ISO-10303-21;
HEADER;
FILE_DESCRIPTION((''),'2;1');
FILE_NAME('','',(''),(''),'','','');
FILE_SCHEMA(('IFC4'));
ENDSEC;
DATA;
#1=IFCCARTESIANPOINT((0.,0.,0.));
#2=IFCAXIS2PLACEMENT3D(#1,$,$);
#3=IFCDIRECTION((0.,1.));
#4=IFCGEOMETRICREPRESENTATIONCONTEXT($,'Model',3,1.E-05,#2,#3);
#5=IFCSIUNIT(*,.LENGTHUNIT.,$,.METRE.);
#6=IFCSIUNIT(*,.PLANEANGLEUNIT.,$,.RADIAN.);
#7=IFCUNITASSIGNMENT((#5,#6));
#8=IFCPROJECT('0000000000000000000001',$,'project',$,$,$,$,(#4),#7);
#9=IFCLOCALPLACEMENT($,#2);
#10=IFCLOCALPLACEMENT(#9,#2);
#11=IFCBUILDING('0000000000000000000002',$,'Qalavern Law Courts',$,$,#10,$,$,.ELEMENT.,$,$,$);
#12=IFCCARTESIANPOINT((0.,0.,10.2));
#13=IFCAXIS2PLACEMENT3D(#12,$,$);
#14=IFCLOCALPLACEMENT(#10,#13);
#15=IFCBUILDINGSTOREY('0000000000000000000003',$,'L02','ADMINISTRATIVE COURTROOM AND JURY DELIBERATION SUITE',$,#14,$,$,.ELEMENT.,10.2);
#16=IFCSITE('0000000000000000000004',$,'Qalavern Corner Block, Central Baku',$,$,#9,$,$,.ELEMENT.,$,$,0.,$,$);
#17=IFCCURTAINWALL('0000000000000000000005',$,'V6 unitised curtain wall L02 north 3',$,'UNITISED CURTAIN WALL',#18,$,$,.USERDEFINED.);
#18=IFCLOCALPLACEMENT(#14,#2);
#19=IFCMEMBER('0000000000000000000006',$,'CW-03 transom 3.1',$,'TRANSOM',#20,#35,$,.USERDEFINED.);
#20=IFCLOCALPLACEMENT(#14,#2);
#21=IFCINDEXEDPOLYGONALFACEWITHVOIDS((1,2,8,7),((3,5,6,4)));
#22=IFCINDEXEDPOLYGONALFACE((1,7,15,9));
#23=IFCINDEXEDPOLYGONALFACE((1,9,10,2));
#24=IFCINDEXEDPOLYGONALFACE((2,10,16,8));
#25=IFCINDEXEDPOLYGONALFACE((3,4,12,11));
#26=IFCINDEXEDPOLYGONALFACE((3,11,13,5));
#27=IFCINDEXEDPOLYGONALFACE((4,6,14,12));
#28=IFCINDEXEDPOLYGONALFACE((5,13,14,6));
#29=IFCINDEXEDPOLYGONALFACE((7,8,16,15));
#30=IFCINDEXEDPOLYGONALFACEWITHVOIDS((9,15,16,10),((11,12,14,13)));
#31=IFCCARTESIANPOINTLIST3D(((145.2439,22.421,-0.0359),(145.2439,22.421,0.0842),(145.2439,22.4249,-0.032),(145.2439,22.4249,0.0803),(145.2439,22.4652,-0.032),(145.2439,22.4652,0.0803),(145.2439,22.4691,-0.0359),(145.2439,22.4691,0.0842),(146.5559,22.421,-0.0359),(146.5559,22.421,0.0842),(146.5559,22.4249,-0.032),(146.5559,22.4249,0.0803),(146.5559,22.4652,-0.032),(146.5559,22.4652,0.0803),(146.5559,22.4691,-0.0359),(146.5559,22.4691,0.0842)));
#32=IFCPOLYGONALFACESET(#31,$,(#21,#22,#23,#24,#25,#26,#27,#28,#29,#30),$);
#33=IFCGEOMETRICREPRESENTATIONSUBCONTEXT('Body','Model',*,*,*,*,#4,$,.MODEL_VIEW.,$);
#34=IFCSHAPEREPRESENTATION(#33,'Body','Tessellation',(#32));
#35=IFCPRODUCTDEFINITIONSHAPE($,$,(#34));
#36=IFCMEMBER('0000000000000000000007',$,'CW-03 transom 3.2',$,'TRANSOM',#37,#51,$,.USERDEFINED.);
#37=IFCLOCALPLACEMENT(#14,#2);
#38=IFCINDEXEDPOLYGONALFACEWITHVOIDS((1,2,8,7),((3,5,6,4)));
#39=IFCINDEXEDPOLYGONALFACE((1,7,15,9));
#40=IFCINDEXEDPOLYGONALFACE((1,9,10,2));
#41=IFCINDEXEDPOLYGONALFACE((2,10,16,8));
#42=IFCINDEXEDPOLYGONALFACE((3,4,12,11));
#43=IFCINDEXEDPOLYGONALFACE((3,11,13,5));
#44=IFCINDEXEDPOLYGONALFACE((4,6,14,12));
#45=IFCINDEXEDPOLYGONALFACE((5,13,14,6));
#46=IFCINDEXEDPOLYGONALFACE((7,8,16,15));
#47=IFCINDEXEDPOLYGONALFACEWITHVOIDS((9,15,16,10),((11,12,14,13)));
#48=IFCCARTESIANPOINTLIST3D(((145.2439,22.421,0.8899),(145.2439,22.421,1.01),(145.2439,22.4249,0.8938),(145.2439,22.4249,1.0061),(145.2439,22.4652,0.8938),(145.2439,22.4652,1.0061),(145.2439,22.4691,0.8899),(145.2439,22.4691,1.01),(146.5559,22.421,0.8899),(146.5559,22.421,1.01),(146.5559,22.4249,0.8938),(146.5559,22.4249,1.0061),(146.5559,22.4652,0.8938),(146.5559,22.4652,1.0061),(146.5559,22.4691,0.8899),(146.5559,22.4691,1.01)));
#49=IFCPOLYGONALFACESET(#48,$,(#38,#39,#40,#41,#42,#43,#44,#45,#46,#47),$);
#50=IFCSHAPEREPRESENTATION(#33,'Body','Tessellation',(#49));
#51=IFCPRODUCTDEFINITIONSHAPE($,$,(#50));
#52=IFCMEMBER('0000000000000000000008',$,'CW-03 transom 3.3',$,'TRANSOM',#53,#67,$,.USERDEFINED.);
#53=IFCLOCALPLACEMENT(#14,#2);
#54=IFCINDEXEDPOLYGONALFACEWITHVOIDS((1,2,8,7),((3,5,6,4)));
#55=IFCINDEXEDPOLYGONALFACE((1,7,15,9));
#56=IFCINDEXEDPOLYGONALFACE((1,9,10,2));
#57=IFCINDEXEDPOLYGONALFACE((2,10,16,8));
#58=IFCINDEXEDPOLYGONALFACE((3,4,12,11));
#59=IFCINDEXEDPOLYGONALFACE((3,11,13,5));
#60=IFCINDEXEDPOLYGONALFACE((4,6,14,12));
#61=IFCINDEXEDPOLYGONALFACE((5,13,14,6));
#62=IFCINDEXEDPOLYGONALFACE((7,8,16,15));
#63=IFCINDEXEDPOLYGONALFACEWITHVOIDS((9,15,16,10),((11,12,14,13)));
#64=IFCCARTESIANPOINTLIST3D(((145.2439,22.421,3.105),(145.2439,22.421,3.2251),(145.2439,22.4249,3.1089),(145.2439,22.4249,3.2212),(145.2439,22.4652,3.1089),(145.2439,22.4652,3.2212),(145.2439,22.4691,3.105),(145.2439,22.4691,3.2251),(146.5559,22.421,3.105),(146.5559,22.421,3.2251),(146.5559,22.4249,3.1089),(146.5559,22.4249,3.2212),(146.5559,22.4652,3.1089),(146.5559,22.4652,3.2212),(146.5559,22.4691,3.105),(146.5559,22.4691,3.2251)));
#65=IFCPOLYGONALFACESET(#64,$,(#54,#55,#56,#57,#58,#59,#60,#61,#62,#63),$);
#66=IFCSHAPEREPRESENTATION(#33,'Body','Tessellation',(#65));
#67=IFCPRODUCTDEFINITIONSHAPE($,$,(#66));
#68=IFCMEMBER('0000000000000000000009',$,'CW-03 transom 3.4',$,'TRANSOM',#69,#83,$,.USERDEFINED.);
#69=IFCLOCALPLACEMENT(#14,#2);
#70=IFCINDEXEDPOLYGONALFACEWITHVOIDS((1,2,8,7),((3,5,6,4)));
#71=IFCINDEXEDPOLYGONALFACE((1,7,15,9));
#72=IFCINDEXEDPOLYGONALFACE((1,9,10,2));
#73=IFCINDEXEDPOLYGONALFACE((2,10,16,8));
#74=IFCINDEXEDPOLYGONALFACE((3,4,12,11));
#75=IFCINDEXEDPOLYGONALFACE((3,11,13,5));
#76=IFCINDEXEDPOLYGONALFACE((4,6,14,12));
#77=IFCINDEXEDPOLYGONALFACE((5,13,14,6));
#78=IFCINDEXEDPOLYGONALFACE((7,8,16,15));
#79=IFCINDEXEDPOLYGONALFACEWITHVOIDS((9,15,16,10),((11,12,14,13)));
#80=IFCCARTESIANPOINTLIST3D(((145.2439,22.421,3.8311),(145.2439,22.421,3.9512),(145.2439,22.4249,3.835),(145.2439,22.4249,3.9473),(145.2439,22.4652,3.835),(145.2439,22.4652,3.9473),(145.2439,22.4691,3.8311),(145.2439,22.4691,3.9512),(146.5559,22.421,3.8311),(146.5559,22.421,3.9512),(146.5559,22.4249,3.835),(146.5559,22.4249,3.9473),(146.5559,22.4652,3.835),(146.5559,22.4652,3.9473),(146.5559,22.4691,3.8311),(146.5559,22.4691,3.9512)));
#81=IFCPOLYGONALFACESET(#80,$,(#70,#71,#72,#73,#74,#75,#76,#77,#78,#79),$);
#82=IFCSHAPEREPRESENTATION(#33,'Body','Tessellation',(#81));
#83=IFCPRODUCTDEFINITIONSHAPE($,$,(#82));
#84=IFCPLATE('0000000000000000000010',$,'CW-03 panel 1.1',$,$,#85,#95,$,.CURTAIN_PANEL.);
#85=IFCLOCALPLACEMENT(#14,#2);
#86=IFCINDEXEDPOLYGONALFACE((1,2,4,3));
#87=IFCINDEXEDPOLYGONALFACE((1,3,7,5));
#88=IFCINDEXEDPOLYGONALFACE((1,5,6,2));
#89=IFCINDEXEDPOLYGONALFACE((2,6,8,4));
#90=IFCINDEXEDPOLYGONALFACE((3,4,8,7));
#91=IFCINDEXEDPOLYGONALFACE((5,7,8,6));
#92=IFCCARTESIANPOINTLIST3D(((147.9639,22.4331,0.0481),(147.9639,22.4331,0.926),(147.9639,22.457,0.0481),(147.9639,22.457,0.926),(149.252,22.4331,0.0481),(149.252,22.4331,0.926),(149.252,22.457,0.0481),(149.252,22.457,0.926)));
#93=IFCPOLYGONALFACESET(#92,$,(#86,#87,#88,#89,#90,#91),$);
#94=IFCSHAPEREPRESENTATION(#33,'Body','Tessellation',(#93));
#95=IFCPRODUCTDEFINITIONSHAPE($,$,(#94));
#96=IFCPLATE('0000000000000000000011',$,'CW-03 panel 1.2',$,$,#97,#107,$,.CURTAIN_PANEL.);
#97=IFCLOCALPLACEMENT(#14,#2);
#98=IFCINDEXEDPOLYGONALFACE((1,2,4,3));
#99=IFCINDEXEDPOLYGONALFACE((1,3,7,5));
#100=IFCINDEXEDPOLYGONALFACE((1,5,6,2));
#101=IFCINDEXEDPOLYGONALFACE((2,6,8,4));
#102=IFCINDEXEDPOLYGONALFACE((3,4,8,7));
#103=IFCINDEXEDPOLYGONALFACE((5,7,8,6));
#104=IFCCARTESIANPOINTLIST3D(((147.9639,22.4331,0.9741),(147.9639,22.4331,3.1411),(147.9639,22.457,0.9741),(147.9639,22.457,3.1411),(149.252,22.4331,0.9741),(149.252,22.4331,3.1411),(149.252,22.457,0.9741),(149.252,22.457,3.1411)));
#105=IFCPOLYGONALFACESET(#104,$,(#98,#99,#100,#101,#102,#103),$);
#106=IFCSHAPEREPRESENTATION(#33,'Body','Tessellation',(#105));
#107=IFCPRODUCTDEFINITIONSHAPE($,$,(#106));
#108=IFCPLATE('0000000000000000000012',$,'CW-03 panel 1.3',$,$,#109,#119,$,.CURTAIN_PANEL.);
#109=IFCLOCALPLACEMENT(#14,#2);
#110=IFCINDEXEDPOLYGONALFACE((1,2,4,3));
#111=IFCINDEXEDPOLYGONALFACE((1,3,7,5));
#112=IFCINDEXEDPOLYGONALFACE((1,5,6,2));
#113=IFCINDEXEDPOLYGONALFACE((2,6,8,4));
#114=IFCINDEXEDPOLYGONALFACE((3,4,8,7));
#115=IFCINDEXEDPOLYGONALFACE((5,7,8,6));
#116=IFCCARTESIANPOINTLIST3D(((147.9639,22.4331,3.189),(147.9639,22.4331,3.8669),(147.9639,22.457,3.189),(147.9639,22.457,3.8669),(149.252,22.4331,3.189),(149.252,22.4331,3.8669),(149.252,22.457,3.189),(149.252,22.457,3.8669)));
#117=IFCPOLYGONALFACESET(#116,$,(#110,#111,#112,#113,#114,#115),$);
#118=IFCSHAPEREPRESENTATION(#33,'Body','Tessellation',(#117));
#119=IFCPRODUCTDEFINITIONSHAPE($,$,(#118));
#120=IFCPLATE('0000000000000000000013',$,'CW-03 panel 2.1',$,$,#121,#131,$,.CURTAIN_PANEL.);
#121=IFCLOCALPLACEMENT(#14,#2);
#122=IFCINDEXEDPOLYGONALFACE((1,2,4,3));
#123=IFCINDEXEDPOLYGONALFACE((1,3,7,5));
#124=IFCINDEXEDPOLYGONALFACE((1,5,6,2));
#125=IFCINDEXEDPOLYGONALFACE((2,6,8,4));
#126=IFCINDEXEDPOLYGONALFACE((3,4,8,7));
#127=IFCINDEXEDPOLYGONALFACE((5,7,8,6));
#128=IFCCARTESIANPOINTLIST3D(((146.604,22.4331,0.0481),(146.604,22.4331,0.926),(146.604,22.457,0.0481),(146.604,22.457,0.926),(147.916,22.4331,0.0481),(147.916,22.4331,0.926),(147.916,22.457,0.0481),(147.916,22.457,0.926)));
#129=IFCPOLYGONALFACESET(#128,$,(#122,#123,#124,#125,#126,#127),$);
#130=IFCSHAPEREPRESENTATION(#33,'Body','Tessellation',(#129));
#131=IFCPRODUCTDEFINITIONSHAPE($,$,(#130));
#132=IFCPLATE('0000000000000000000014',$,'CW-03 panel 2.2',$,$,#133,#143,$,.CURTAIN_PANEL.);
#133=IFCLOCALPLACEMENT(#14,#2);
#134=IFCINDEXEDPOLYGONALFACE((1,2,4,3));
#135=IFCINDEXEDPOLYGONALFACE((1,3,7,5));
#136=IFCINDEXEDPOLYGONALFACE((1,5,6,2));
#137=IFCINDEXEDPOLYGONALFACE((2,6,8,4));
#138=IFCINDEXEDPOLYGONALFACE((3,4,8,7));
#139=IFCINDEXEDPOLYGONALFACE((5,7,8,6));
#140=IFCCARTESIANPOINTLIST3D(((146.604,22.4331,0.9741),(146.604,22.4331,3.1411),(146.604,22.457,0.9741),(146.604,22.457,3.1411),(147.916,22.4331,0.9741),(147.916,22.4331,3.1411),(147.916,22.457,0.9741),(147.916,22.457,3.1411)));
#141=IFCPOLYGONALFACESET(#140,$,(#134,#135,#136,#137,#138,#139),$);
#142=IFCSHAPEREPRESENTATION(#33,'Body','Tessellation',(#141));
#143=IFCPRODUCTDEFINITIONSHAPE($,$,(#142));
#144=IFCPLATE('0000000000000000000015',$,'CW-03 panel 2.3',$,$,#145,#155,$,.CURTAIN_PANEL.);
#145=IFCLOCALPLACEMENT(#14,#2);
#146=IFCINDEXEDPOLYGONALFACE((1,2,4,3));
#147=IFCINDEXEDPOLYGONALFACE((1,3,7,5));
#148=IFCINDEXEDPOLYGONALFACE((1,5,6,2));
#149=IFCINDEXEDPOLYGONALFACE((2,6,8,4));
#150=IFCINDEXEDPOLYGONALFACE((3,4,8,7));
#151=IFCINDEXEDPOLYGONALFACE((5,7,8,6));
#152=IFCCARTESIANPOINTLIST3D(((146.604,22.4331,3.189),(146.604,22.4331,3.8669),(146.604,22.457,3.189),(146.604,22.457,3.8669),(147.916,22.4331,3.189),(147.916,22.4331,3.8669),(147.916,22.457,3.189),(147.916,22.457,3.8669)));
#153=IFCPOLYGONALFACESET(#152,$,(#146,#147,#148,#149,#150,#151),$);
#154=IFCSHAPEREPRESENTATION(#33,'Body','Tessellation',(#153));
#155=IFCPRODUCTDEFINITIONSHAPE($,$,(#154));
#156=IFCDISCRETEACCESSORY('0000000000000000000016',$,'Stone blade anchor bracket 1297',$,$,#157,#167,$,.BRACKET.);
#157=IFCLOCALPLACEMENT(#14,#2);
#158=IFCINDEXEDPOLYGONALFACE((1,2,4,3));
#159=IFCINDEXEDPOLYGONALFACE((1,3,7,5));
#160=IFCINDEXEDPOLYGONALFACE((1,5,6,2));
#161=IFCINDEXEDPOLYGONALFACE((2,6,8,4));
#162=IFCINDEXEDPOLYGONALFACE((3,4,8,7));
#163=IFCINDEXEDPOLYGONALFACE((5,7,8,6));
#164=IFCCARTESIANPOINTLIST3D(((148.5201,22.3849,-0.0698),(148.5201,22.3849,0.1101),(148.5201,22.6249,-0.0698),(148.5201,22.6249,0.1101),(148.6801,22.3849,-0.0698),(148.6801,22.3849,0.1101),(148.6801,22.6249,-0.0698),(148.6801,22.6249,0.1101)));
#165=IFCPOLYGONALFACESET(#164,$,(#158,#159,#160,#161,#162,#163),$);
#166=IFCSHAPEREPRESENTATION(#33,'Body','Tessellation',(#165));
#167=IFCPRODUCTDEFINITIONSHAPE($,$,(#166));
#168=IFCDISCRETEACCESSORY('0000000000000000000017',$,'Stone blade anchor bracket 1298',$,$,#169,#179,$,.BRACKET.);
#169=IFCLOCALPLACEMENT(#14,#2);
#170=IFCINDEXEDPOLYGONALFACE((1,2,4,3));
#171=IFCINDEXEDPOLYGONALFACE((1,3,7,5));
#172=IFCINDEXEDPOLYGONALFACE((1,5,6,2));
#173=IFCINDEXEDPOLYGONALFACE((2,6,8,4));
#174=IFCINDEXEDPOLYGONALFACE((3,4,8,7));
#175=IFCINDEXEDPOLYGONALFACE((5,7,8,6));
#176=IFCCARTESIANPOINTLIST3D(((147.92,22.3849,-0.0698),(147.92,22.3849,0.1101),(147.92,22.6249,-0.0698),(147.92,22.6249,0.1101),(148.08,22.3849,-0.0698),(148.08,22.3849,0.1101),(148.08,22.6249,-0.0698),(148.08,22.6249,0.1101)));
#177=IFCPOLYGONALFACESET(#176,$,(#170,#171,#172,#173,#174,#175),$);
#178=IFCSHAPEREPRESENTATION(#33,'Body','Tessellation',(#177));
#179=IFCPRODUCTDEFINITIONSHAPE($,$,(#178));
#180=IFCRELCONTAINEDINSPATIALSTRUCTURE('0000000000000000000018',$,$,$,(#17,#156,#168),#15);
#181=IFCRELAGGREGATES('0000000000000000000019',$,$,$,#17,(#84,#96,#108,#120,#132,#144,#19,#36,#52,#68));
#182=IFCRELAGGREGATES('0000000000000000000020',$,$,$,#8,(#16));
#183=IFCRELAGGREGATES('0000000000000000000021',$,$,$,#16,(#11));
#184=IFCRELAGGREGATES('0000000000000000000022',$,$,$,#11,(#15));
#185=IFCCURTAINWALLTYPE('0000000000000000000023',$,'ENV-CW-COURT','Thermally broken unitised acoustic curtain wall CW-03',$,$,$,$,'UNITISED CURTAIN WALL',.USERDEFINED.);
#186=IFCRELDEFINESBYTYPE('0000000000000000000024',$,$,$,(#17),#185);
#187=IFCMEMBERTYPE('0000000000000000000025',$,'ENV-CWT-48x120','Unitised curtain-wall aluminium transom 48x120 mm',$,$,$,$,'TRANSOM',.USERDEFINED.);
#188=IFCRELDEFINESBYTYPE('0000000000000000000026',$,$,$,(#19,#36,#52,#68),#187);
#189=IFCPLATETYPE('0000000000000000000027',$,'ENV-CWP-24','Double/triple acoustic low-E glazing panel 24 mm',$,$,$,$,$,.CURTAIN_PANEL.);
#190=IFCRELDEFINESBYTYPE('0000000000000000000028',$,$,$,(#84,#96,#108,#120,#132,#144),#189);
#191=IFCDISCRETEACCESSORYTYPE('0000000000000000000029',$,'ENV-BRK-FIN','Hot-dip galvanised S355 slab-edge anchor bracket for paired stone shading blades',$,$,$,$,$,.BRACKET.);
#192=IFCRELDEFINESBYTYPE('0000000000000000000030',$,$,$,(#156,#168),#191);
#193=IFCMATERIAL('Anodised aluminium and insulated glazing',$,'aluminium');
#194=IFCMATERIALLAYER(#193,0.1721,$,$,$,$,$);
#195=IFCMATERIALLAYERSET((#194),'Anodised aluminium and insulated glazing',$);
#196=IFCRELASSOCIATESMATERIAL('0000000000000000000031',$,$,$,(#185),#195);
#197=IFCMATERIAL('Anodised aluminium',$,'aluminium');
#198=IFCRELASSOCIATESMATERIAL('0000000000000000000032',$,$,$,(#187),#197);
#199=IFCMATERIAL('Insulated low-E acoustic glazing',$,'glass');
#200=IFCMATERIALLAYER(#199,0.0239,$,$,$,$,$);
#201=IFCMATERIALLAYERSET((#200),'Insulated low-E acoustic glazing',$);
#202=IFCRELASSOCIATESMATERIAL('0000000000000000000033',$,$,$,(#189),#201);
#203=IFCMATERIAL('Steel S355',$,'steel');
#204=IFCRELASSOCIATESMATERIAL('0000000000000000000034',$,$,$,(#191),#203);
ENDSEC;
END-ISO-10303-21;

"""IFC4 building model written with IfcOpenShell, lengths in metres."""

from ifc_helpers import new_model, si_unit, direction, frame, origin, origin_2d, place, context, subcontext, project, spatial, rectangle, hollow_rectangle, extrude, material, layer, layer_set, material_profile, profile_set, type_object, element, aggregate, save


model = new_model("IFC4")

# Units and contexts
model_context = context("Model", 3, precision=1e-05, world=origin(), true_north=direction((0.0, 1.0)))
body_context = subcontext(model_context, "Body", "Model", "MODEL_VIEW")
ifc_project = project(units=[si_unit("LENGTHUNIT", "METRE"), si_unit("PLANEANGLEUNIT", "RADIAN")], contexts=[model_context])

# Site, building, storey
site_placement = place(None, origin())
site = spatial("IfcSite", under=ifc_project, at=site_placement, Name="Qalavern Corner Block, Central Baku", CompositionType="ELEMENT", RefElevation=0.0)
building_placement = place(site_placement, origin())
building = spatial("IfcBuilding", under=site, at=building_placement, Name="Qalavern Law Courts", CompositionType="ELEMENT")
storey_placement = place(building_placement, frame((0.0, 0.0, 10.2)))
storey = spatial("IfcBuildingStorey", under=building, at=storey_placement, Name="L02", Description="ADMINISTRATIVE COURTROOM AND JURY DELIBERATION SUITE", CompositionType="ELEMENT", Elevation=10.2)

# Curtain wall, members, plates
ifc_material_1 = material(Name="Anodised aluminium and insulated glazing", Category="aluminium")
ifc_layer_1 = layer(ifc_material_1, 0.1721)
ifc_layer_set_1 = layer_set([ifc_layer_1], Name="Anodised aluminium and insulated glazing")
curtain_wall_type = type_object("IfcCurtainWallType", Name="ENV-CW-COURT", Description="Thermally broken unitised acoustic curtain wall CW-03", ElementType="UNITISED CURTAIN WALL", PredefinedType="USERDEFINED", material=ifc_layer_set_1)
curtain_wall_placement = place(storey_placement, origin())
curtain_wall = element("IfcCurtainWall", 1, at=curtain_wall_placement, inside=storey, type_object=curtain_wall_type, Name="V6 unitised curtain wall L02 north 3", ObjectType="UNITISED CURTAIN WALL", PredefinedType="USERDEFINED")
ifc_material_2 = material(Name="Anodised aluminium", Category="aluminium")
ifc_material_profile_1 = material_profile(ifc_material_2, hollow_rectangle(XDim=0.0481, YDim=0.1201, WallThickness=0.0039, at=origin_2d()), Name="ALU TRANSOM 48x120")
ifc_profile_set_1 = profile_set([ifc_material_profile_1], Name="Anodised aluminium")
member_type_1 = type_object("IfcMemberType", Name="ENV-CWT-48x120", Description="Unitised curtain-wall aluminium transom 48x120 mm", ElementType="TRANSOM", PredefinedType="USERDEFINED", material=ifc_profile_set_1)
member_1_placement = place(storey_placement, frame((146.5559, 22.4451, 0.0242), z_axis=(-1.0, 0.0, 0.0), x_axis=(0.0, -1.0, 0.0)))
member_1 = element("IfcMember", 2, at=member_1_placement, type_object=member_type_1, Name="CW-03 transom 3.1", ObjectType="TRANSOM", PredefinedType="USERDEFINED", context=body_context, shape_type="SweptSolid", body=[
    extrude(hollow_rectangle(XDim=0.0481, YDim=0.1201, WallThickness=0.0039, at=origin_2d()), origin(), (0.0, 0.0, 1.0), 1.312),
])
member_2_placement = place(storey_placement, frame((146.5559, 22.4451, 0.95), z_axis=(-1.0, 0.0, 0.0), x_axis=(0.0, -1.0, 0.0)))
member_2 = element("IfcMember", 3, at=member_2_placement, type_object=member_type_1, Name="CW-03 transom 3.2", ObjectType="TRANSOM", PredefinedType="USERDEFINED", context=body_context, shape_type="SweptSolid", body=[
    extrude(hollow_rectangle(XDim=0.0481, YDim=0.1201, WallThickness=0.0039, at=origin_2d()), origin(), (0.0, 0.0, 1.0), 1.312),
])
member_3_placement = place(storey_placement, frame((146.5559, 22.4451, 3.165), z_axis=(-1.0, 0.0, 0.0), x_axis=(0.0, -1.0, 0.0)))
member_3 = element("IfcMember", 4, at=member_3_placement, type_object=member_type_1, Name="CW-03 transom 3.3", ObjectType="TRANSOM", PredefinedType="USERDEFINED", context=body_context, shape_type="SweptSolid", body=[
    extrude(hollow_rectangle(XDim=0.0481, YDim=0.1201, WallThickness=0.0039, at=origin_2d()), origin(), (0.0, 0.0, 1.0), 1.312),
])
member_4_placement = place(storey_placement, frame((146.5559, 22.4451, 3.8911), z_axis=(-1.0, 0.0, 0.0), x_axis=(0.0, -1.0, 0.0)))
member_4 = element("IfcMember", 5, at=member_4_placement, type_object=member_type_1, Name="CW-03 transom 3.4", ObjectType="TRANSOM", PredefinedType="USERDEFINED", context=body_context, shape_type="SweptSolid", body=[
    extrude(hollow_rectangle(XDim=0.0481, YDim=0.1201, WallThickness=0.0039, at=origin_2d()), origin(), (0.0, 0.0, 1.0), 1.312),
])
ifc_material_3 = material(Name="Insulated low-E acoustic glazing", Category="glass")
ifc_layer_2 = layer(ifc_material_3, 0.0239)
ifc_layer_set_2 = layer_set([ifc_layer_2], Name="Insulated low-E acoustic glazing")
plate_type = type_object("IfcPlateType", Name="ENV-CWP-24", Description="Double/triple acoustic low-E glazing panel 24 mm", PredefinedType="CURTAIN_PANEL", material=ifc_layer_set_2)
plate_1_placement = place(storey_placement, frame((148.6079, 22.4451, 0.0481), z_axis=(0.0, 0.0, 1.0), x_axis=(-1.0, 0.0, 0.0)))
plate_1 = element("IfcPlate", 6, at=plate_1_placement, type_object=plate_type, Name="CW-03 panel 1.1", PredefinedType="CURTAIN_PANEL", context=body_context, shape_type="SweptSolid", body=[
    extrude(rectangle(XDim=1.2881, YDim=0.0239, at=origin_2d()), origin(), (0.0, 0.0, 1.0), 0.8779),
])
plate_2_placement = place(storey_placement, frame((148.6079, 22.4451, 0.9741), z_axis=(0.0, 0.0, 1.0), x_axis=(-1.0, 0.0, 0.0)))
plate_2 = element("IfcPlate", 7, at=plate_2_placement, type_object=plate_type, Name="CW-03 panel 1.2", PredefinedType="CURTAIN_PANEL", context=body_context, shape_type="SweptSolid", body=[
    extrude(rectangle(XDim=1.2881, YDim=0.0239, at=origin_2d()), origin(), (0.0, 0.0, 1.0), 2.167),
])
plate_3_placement = place(storey_placement, frame((148.6079, 22.4451, 3.189), z_axis=(0.0, 0.0, 1.0), x_axis=(-1.0, 0.0, 0.0)))
plate_3 = element("IfcPlate", 8, at=plate_3_placement, type_object=plate_type, Name="CW-03 panel 1.3", PredefinedType="CURTAIN_PANEL", context=body_context, shape_type="SweptSolid", body=[
    extrude(rectangle(XDim=1.2881, YDim=0.0239, at=origin_2d()), origin(), (0.0, 0.0, 1.0), 0.678),
])
plate_4_placement = place(storey_placement, frame((147.26, 22.4451, 0.0481), z_axis=(0.0, 0.0, 1.0), x_axis=(-1.0, 0.0, 0.0)))
plate_4 = element("IfcPlate", 9, at=plate_4_placement, type_object=plate_type, Name="CW-03 panel 2.1", PredefinedType="CURTAIN_PANEL", context=body_context, shape_type="SweptSolid", body=[
    extrude(rectangle(XDim=1.312, YDim=0.0239, at=origin_2d()), origin(), (0.0, 0.0, 1.0), 0.8779),
])
plate_5_placement = place(storey_placement, frame((147.26, 22.4451, 0.9741), z_axis=(0.0, 0.0, 1.0), x_axis=(-1.0, 0.0, 0.0)))
plate_5 = element("IfcPlate", 10, at=plate_5_placement, type_object=plate_type, Name="CW-03 panel 2.2", PredefinedType="CURTAIN_PANEL", context=body_context, shape_type="SweptSolid", body=[
    extrude(rectangle(XDim=1.312, YDim=0.0239, at=origin_2d()), origin(), (0.0, 0.0, 1.0), 2.167),
])
plate_6_placement = place(storey_placement, frame((147.26, 22.4451, 3.189), z_axis=(0.0, 0.0, 1.0), x_axis=(-1.0, 0.0, 0.0)))
plate_6 = element("IfcPlate", 11, at=plate_6_placement, type_object=plate_type, Name="CW-03 panel 2.3", PredefinedType="CURTAIN_PANEL", context=body_context, shape_type="SweptSolid", body=[
    extrude(rectangle(XDim=1.312, YDim=0.0239, at=origin_2d()), origin(), (0.0, 0.0, 1.0), 0.678),
])
aggregate(curtain_wall, [plate_1, plate_2, plate_3, plate_4, plate_5, plate_6, member_1, member_2, member_3, member_4])

# Discrete accessories
ifc_material_4 = material(Name="Steel S355", Category="steel")
discrete_accessory_type = type_object("IfcDiscreteAccessoryType", Name="ENV-BRK-FIN", Description="Hot-dip galvanised S355 slab-edge anchor bracket for paired stone shading blades", PredefinedType="BRACKET", material=ifc_material_4)
for number, where, z_axis, x_axis, name in (
    (12, (148.6001, 22.5049, -0.0698), (0.0, 0.0, 1.0), (0.0, 1.0, 0.0), "Stone blade anchor bracket 1297"),
    (13, (148.0, 22.5049, -0.0698), (0.0, 0.0, 1.0), (0.0, 1.0, 0.0), "Stone blade anchor bracket 1298"),
):
    element("IfcDiscreteAccessory", number, at=place(storey_placement, frame(where, z_axis=z_axis, x_axis=x_axis)), inside=storey, type_object=discrete_accessory_type, Name=name, PredefinedType="BRACKET", context=body_context, shape_type="SweptSolid", body=[
        extrude(rectangle(XDim=0.24, YDim=0.1599, at=origin_2d()), origin(), (0.0, 0.0, 1.0), 0.1799),
    ])

save(model, "model.ifc")
